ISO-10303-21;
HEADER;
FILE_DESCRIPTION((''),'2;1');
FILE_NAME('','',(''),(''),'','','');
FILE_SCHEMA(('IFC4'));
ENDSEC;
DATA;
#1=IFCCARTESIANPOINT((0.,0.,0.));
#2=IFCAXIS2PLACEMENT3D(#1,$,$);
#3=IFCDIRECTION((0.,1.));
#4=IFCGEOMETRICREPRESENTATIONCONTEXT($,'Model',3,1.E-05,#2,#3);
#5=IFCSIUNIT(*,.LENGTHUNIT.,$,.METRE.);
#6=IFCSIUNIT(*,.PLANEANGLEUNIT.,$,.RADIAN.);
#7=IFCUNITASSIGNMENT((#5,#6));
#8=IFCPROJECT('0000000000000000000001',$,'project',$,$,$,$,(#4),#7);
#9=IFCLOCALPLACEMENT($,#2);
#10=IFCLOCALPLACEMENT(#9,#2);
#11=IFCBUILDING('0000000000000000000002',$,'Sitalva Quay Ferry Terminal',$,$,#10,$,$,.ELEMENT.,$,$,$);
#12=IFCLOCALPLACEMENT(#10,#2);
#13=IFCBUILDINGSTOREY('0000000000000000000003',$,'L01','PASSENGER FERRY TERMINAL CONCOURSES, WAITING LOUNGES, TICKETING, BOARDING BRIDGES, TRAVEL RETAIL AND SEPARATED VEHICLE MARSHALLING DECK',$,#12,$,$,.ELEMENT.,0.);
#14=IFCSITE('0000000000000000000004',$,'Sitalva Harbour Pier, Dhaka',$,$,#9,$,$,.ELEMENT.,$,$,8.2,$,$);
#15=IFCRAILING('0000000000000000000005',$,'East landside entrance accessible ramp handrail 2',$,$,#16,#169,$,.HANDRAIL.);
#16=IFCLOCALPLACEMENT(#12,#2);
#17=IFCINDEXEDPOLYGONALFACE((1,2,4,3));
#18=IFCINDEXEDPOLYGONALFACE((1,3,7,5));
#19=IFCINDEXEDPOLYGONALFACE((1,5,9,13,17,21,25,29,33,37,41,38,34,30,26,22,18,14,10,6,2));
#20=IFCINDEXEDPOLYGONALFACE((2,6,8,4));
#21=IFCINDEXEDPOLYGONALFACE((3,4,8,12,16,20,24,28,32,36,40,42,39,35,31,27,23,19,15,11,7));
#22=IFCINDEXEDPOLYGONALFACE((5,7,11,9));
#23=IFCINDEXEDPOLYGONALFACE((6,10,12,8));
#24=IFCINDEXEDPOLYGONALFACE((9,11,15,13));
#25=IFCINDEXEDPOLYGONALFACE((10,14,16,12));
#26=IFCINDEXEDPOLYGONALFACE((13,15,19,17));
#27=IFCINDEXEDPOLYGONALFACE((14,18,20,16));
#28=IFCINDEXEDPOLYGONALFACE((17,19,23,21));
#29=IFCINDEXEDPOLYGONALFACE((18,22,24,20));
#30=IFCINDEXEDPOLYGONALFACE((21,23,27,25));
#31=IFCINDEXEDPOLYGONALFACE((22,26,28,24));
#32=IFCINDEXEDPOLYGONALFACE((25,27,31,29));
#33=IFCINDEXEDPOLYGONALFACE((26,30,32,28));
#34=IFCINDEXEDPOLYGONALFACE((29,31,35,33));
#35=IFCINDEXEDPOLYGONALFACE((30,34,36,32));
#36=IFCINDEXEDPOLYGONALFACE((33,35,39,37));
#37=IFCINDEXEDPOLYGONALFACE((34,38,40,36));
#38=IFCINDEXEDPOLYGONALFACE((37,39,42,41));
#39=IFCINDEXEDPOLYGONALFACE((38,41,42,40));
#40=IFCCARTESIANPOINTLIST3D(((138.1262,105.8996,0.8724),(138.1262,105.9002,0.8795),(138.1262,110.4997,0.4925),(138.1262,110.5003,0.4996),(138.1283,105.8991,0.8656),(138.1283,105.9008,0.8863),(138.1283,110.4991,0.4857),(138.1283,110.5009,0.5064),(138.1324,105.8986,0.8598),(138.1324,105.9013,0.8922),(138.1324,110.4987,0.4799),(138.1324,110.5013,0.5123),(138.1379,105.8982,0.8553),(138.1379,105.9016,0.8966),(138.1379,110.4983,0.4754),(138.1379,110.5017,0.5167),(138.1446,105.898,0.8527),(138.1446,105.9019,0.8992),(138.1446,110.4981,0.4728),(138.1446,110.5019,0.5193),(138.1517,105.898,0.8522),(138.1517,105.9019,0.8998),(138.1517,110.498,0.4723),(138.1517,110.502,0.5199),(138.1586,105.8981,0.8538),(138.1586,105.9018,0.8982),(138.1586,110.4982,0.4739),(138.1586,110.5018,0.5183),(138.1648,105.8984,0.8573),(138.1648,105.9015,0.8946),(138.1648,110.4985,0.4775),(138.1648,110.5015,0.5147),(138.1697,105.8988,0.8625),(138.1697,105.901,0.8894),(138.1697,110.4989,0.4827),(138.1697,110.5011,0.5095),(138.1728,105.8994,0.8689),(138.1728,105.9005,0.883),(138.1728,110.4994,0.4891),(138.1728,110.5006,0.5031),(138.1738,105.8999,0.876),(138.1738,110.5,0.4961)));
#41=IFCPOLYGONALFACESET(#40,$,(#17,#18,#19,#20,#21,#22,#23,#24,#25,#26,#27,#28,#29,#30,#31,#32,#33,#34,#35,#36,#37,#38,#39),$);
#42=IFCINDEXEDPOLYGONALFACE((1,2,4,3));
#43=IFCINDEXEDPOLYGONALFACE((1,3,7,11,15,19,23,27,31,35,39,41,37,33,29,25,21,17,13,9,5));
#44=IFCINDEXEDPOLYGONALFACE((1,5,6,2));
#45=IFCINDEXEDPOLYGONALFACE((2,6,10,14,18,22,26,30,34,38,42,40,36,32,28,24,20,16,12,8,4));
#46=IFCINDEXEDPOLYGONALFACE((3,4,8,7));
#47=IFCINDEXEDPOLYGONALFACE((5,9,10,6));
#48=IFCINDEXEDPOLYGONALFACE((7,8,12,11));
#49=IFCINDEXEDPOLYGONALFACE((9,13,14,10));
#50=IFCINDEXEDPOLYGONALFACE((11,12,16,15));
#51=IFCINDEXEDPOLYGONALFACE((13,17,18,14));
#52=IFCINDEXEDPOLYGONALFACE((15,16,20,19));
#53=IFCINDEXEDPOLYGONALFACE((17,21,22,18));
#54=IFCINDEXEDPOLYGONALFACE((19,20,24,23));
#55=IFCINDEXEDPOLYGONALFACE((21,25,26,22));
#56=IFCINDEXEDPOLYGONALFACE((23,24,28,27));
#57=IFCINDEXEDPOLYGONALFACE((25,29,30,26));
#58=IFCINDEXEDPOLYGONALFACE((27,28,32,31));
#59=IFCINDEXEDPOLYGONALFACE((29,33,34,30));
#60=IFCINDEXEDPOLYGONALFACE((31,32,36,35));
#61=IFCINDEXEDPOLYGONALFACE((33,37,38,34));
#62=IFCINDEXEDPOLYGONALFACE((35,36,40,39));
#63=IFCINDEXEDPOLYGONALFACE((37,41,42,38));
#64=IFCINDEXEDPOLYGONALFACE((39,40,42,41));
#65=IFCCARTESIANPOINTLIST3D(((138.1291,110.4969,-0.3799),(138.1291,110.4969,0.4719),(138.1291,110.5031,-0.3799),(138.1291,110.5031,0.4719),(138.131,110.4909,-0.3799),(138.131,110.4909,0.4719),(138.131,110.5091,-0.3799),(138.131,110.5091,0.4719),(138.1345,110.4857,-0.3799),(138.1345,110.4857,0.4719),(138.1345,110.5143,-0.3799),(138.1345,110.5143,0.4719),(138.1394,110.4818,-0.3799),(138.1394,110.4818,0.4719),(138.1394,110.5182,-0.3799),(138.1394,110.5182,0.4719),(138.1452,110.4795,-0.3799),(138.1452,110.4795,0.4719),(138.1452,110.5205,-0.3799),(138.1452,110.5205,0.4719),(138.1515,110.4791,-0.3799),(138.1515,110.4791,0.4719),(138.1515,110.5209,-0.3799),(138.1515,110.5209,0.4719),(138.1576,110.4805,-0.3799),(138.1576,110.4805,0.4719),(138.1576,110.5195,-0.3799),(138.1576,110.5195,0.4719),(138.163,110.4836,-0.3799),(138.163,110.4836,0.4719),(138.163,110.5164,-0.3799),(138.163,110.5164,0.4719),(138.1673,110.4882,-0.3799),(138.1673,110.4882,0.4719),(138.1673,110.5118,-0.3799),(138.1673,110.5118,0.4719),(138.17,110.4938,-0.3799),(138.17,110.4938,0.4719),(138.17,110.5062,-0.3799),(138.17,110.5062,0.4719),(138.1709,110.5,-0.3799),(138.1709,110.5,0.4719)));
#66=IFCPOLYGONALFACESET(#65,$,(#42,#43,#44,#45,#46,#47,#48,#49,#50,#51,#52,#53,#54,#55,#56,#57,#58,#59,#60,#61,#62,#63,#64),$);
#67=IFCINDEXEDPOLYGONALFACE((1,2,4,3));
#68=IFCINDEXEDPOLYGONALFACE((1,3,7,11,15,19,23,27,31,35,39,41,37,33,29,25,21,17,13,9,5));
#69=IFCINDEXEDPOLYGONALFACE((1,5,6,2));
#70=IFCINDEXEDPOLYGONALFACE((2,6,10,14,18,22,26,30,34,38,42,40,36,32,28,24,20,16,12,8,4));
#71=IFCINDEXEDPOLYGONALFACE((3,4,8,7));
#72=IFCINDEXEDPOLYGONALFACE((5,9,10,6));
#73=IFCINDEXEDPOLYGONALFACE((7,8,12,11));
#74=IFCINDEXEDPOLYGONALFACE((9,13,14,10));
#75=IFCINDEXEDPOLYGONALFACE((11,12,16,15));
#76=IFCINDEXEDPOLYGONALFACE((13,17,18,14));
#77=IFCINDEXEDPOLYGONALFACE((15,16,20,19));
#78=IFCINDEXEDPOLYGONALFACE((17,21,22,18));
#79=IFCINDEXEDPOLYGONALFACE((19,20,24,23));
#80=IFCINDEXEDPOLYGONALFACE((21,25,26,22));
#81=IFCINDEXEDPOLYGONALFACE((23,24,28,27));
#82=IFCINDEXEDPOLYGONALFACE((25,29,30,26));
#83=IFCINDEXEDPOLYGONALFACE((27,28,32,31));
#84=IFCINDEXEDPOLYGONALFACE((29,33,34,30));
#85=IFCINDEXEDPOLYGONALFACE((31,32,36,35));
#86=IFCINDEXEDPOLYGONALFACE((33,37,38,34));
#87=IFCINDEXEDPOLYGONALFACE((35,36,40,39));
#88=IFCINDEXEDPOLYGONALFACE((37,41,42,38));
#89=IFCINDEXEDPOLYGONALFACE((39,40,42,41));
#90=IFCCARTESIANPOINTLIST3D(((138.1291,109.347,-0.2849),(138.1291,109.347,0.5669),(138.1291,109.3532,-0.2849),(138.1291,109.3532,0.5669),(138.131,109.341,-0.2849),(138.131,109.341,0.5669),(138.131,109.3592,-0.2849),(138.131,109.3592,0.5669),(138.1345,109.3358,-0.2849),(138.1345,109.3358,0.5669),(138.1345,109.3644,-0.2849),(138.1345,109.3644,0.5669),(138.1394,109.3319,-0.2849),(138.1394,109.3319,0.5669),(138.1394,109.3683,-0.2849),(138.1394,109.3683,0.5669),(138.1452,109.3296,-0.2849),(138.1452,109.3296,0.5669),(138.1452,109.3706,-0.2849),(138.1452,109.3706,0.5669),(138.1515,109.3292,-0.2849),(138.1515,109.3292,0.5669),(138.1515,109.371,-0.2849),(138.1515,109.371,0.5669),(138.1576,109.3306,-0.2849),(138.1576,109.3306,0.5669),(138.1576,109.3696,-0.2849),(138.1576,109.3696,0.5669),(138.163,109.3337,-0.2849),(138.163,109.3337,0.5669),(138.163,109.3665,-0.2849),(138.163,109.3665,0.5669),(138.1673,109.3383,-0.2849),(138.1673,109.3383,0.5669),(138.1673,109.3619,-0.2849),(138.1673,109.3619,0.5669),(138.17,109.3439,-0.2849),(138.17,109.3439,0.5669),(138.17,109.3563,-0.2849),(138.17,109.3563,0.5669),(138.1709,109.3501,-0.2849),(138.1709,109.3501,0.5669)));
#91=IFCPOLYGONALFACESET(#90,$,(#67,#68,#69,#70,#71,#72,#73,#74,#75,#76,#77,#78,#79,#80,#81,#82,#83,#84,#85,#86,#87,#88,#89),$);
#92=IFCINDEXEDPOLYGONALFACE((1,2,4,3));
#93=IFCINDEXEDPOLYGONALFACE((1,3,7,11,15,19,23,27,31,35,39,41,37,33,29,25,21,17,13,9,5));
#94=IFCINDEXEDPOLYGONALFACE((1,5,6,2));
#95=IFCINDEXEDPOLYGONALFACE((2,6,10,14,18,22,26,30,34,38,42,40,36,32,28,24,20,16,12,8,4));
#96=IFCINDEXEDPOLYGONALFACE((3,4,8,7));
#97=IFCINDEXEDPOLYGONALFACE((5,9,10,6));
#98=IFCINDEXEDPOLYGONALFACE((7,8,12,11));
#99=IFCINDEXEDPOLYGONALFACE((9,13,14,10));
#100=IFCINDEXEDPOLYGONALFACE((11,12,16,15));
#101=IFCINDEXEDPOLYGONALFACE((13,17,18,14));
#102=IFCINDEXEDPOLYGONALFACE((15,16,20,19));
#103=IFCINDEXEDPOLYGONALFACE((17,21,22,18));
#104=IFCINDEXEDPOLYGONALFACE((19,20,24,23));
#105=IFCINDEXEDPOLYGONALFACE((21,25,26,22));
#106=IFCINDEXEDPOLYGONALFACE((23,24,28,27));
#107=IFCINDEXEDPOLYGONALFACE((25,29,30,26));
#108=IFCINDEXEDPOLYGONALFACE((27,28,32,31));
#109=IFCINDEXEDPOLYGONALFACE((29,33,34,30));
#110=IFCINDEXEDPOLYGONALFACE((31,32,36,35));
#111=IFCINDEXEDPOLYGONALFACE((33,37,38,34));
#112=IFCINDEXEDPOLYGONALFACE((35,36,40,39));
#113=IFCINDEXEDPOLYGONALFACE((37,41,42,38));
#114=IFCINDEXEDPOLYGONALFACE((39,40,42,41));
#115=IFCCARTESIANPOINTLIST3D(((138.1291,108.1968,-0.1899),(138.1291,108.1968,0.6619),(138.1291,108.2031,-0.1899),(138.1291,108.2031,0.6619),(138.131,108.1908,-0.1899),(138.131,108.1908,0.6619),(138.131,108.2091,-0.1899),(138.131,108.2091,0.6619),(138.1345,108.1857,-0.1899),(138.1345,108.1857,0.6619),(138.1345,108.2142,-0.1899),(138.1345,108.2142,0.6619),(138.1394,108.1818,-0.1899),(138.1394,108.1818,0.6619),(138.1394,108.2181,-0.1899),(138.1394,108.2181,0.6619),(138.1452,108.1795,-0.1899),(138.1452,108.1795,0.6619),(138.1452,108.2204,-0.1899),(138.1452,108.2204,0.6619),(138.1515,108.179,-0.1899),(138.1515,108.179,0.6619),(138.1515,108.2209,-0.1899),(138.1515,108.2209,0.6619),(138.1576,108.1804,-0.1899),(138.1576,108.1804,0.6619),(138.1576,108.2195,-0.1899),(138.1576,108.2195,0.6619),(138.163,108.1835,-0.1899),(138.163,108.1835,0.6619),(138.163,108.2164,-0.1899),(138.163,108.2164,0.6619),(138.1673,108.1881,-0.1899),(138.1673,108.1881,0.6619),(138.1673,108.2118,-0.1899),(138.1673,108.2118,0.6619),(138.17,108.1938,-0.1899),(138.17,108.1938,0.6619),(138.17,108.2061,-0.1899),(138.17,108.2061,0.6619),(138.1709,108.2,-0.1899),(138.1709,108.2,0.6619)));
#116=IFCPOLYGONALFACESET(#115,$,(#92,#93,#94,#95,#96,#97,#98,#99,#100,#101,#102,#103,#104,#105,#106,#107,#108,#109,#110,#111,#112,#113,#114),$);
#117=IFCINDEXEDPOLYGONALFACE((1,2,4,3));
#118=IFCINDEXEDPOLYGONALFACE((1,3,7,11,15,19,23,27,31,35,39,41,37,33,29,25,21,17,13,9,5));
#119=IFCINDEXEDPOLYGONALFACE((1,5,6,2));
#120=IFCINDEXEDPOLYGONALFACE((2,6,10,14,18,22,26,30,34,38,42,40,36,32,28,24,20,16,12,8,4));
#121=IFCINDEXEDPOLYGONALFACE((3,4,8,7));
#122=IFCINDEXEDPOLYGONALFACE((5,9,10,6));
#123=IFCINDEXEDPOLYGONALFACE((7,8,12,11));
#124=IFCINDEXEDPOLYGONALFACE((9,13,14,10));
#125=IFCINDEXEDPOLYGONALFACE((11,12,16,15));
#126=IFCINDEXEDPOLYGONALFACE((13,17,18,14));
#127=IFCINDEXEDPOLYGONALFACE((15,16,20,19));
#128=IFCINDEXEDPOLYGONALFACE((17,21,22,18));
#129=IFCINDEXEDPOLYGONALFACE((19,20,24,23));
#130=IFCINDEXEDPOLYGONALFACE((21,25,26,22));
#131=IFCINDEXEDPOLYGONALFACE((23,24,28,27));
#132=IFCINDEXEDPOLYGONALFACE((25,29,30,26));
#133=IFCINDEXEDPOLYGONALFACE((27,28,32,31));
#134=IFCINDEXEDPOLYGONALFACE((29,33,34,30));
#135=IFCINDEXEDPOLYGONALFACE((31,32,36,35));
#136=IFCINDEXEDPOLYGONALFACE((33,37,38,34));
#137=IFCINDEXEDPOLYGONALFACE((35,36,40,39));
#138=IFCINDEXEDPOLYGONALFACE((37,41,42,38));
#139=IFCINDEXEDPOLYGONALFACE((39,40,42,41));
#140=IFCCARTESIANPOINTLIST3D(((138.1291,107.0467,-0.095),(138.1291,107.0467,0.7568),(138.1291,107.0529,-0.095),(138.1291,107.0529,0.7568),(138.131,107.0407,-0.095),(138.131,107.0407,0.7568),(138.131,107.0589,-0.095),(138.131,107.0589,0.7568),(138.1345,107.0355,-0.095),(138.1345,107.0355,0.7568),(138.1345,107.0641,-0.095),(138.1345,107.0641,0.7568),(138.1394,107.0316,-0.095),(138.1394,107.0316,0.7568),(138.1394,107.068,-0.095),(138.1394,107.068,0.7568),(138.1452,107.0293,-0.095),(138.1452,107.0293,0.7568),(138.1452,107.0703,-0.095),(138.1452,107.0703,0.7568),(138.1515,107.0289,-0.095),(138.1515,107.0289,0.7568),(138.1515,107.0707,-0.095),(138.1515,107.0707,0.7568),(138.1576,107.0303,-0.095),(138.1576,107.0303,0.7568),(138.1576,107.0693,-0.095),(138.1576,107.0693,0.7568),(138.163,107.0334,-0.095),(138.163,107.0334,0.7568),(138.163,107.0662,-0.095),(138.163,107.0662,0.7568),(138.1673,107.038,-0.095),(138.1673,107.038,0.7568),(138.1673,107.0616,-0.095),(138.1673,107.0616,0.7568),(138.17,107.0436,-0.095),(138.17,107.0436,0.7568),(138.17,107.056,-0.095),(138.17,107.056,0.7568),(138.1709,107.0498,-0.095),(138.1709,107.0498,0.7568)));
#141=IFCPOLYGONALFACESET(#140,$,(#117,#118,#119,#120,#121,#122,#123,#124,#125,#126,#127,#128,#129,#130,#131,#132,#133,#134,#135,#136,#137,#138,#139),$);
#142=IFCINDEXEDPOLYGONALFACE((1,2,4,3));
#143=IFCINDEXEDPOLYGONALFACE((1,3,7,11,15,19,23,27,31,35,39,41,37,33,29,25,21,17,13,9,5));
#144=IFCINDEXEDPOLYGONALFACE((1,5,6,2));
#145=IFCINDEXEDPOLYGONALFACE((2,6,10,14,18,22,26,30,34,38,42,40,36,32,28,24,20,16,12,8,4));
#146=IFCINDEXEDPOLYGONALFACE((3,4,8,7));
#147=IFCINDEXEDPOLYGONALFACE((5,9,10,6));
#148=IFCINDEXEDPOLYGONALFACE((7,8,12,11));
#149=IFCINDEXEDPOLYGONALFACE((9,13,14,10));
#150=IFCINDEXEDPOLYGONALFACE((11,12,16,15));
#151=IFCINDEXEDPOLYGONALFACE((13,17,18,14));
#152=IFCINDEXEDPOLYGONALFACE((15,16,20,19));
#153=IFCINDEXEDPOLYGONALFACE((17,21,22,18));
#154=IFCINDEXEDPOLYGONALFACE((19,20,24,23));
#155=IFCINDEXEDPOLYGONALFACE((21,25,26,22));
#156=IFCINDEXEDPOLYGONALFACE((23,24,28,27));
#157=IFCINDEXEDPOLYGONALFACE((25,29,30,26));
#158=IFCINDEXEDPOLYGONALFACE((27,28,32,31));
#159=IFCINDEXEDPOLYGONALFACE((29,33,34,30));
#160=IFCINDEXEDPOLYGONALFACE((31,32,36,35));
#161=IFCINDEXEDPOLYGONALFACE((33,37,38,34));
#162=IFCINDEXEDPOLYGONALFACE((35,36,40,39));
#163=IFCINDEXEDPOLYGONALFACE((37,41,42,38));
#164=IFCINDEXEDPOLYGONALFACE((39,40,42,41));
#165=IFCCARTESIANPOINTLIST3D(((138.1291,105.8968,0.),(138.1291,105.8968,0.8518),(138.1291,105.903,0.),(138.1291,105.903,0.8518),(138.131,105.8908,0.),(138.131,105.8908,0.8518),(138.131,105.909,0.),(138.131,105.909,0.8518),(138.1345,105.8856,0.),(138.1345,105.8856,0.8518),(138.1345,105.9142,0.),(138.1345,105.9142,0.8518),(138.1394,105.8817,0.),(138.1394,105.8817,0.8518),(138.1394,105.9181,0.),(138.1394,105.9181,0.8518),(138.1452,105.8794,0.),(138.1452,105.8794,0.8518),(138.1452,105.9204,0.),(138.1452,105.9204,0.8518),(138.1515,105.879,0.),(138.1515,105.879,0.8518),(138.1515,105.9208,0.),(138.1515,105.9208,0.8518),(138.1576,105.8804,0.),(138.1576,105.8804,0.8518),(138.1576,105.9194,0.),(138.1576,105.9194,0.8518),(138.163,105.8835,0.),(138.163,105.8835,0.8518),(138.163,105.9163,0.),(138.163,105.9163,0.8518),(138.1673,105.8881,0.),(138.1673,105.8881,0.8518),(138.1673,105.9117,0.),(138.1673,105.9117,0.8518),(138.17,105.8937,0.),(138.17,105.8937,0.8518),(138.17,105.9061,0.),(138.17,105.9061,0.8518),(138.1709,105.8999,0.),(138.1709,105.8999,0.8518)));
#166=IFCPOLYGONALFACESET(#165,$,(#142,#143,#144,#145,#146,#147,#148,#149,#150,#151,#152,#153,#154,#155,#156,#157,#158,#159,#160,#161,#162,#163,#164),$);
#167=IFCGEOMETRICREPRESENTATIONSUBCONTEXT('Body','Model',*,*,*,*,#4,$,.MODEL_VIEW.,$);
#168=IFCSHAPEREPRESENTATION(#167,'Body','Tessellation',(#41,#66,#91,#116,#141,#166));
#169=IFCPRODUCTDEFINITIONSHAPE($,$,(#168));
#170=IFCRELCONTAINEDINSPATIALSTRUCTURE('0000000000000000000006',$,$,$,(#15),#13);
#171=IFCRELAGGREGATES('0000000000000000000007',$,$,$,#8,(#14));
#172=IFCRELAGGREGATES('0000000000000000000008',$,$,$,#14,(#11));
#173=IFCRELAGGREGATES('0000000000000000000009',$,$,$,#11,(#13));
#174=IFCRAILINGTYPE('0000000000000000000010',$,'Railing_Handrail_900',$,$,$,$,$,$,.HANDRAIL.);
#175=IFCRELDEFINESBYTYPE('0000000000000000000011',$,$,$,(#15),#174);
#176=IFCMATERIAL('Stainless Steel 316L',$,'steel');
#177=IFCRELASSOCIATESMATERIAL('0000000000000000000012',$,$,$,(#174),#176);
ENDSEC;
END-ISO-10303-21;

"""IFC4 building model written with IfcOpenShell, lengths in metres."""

from ifc_helpers import new_model, si_unit, direction, frame, origin, origin_2d, place, context, subcontext, project, spatial, circle, extrude, material, type_object, element, save


model = new_model("IFC4")

# Units and contexts
model_context = context("Model", 3, precision=1e-05, world=origin(), true_north=direction((0.0, 1.0)))
body_context = subcontext(model_context, "Body", "Model", "MODEL_VIEW")
ifc_project = project(units=[si_unit("LENGTHUNIT", "METRE"), si_unit("PLANEANGLEUNIT", "RADIAN")], contexts=[model_context])

# Site, building, storey
site_placement = place(None, origin())
site = spatial("IfcSite", under=ifc_project, at=site_placement, Name="Sitalva Harbour Pier, Dhaka", CompositionType="ELEMENT", RefElevation=8.2)
building_placement = place(site_placement, origin())
building = spatial("IfcBuilding", under=site, at=building_placement, Name="Sitalva Quay Ferry Terminal", CompositionType="ELEMENT")
storey_placement = place(building_placement, origin())
storey = spatial("IfcBuildingStorey", under=building, at=storey_placement, Name="L01", Description="PASSENGER FERRY TERMINAL CONCOURSES, WAITING LOUNGES, TICKETING, BOARDING BRIDGES, TRAVEL RETAIL AND SEPARATED VEHICLE MARSHALLING DECK", CompositionType="ELEMENT", Elevation=0.0)

# Railing
ifc_material_1 = material(Name="Stainless Steel 316L", Category="steel")
railing_type = type_object("IfcRailingType", Name="Railing_Handrail_900", PredefinedType="HANDRAIL", material=ifc_material_1)
for number, where, name in (
    (1, (138.1499, 110.5, -0.3799), "East landside entrance accessible ramp handrail 2"),
):
    element("IfcRailing", number, at=place(storey_placement, frame(where)), inside=storey, type_object=railing_type, Name=name, PredefinedType="HANDRAIL", context=body_context, shape_type="SweptSolid", body=[
        extrude(circle(Radius=0.0239, at=origin_2d()), frame((0.0, 0.0, 0.876), z_axis=(0.0, -0.996607, 0.082301), x_axis=(1.0, 0.0, 0.0)), (0.0, 0.0, 1.0), 4.6157),
        extrude(circle(Radius=0.021, at=origin_2d()), origin(), (0.0, 0.0, 1.0), 0.8518),
        extrude(circle(Radius=0.021, at=origin_2d()), frame((0.0, -1.1499, 0.095)), (0.0, 0.0, 1.0), 0.8518),
        extrude(circle(Radius=0.021, at=origin_2d()), frame((0.0, -2.3, 0.1899)), (0.0, 0.0, 1.0), 0.8518),
        extrude(circle(Radius=0.021, at=origin_2d()), frame((0.0, -3.4502, 0.2849)), (0.0, 0.0, 1.0), 0.8518),
        extrude(circle(Radius=0.021, at=origin_2d()), frame((0.0, -4.6001, 0.3799)), (0.0, 0.0, 1.0), 0.8518),
    ])

save(model, "model.ifc")
